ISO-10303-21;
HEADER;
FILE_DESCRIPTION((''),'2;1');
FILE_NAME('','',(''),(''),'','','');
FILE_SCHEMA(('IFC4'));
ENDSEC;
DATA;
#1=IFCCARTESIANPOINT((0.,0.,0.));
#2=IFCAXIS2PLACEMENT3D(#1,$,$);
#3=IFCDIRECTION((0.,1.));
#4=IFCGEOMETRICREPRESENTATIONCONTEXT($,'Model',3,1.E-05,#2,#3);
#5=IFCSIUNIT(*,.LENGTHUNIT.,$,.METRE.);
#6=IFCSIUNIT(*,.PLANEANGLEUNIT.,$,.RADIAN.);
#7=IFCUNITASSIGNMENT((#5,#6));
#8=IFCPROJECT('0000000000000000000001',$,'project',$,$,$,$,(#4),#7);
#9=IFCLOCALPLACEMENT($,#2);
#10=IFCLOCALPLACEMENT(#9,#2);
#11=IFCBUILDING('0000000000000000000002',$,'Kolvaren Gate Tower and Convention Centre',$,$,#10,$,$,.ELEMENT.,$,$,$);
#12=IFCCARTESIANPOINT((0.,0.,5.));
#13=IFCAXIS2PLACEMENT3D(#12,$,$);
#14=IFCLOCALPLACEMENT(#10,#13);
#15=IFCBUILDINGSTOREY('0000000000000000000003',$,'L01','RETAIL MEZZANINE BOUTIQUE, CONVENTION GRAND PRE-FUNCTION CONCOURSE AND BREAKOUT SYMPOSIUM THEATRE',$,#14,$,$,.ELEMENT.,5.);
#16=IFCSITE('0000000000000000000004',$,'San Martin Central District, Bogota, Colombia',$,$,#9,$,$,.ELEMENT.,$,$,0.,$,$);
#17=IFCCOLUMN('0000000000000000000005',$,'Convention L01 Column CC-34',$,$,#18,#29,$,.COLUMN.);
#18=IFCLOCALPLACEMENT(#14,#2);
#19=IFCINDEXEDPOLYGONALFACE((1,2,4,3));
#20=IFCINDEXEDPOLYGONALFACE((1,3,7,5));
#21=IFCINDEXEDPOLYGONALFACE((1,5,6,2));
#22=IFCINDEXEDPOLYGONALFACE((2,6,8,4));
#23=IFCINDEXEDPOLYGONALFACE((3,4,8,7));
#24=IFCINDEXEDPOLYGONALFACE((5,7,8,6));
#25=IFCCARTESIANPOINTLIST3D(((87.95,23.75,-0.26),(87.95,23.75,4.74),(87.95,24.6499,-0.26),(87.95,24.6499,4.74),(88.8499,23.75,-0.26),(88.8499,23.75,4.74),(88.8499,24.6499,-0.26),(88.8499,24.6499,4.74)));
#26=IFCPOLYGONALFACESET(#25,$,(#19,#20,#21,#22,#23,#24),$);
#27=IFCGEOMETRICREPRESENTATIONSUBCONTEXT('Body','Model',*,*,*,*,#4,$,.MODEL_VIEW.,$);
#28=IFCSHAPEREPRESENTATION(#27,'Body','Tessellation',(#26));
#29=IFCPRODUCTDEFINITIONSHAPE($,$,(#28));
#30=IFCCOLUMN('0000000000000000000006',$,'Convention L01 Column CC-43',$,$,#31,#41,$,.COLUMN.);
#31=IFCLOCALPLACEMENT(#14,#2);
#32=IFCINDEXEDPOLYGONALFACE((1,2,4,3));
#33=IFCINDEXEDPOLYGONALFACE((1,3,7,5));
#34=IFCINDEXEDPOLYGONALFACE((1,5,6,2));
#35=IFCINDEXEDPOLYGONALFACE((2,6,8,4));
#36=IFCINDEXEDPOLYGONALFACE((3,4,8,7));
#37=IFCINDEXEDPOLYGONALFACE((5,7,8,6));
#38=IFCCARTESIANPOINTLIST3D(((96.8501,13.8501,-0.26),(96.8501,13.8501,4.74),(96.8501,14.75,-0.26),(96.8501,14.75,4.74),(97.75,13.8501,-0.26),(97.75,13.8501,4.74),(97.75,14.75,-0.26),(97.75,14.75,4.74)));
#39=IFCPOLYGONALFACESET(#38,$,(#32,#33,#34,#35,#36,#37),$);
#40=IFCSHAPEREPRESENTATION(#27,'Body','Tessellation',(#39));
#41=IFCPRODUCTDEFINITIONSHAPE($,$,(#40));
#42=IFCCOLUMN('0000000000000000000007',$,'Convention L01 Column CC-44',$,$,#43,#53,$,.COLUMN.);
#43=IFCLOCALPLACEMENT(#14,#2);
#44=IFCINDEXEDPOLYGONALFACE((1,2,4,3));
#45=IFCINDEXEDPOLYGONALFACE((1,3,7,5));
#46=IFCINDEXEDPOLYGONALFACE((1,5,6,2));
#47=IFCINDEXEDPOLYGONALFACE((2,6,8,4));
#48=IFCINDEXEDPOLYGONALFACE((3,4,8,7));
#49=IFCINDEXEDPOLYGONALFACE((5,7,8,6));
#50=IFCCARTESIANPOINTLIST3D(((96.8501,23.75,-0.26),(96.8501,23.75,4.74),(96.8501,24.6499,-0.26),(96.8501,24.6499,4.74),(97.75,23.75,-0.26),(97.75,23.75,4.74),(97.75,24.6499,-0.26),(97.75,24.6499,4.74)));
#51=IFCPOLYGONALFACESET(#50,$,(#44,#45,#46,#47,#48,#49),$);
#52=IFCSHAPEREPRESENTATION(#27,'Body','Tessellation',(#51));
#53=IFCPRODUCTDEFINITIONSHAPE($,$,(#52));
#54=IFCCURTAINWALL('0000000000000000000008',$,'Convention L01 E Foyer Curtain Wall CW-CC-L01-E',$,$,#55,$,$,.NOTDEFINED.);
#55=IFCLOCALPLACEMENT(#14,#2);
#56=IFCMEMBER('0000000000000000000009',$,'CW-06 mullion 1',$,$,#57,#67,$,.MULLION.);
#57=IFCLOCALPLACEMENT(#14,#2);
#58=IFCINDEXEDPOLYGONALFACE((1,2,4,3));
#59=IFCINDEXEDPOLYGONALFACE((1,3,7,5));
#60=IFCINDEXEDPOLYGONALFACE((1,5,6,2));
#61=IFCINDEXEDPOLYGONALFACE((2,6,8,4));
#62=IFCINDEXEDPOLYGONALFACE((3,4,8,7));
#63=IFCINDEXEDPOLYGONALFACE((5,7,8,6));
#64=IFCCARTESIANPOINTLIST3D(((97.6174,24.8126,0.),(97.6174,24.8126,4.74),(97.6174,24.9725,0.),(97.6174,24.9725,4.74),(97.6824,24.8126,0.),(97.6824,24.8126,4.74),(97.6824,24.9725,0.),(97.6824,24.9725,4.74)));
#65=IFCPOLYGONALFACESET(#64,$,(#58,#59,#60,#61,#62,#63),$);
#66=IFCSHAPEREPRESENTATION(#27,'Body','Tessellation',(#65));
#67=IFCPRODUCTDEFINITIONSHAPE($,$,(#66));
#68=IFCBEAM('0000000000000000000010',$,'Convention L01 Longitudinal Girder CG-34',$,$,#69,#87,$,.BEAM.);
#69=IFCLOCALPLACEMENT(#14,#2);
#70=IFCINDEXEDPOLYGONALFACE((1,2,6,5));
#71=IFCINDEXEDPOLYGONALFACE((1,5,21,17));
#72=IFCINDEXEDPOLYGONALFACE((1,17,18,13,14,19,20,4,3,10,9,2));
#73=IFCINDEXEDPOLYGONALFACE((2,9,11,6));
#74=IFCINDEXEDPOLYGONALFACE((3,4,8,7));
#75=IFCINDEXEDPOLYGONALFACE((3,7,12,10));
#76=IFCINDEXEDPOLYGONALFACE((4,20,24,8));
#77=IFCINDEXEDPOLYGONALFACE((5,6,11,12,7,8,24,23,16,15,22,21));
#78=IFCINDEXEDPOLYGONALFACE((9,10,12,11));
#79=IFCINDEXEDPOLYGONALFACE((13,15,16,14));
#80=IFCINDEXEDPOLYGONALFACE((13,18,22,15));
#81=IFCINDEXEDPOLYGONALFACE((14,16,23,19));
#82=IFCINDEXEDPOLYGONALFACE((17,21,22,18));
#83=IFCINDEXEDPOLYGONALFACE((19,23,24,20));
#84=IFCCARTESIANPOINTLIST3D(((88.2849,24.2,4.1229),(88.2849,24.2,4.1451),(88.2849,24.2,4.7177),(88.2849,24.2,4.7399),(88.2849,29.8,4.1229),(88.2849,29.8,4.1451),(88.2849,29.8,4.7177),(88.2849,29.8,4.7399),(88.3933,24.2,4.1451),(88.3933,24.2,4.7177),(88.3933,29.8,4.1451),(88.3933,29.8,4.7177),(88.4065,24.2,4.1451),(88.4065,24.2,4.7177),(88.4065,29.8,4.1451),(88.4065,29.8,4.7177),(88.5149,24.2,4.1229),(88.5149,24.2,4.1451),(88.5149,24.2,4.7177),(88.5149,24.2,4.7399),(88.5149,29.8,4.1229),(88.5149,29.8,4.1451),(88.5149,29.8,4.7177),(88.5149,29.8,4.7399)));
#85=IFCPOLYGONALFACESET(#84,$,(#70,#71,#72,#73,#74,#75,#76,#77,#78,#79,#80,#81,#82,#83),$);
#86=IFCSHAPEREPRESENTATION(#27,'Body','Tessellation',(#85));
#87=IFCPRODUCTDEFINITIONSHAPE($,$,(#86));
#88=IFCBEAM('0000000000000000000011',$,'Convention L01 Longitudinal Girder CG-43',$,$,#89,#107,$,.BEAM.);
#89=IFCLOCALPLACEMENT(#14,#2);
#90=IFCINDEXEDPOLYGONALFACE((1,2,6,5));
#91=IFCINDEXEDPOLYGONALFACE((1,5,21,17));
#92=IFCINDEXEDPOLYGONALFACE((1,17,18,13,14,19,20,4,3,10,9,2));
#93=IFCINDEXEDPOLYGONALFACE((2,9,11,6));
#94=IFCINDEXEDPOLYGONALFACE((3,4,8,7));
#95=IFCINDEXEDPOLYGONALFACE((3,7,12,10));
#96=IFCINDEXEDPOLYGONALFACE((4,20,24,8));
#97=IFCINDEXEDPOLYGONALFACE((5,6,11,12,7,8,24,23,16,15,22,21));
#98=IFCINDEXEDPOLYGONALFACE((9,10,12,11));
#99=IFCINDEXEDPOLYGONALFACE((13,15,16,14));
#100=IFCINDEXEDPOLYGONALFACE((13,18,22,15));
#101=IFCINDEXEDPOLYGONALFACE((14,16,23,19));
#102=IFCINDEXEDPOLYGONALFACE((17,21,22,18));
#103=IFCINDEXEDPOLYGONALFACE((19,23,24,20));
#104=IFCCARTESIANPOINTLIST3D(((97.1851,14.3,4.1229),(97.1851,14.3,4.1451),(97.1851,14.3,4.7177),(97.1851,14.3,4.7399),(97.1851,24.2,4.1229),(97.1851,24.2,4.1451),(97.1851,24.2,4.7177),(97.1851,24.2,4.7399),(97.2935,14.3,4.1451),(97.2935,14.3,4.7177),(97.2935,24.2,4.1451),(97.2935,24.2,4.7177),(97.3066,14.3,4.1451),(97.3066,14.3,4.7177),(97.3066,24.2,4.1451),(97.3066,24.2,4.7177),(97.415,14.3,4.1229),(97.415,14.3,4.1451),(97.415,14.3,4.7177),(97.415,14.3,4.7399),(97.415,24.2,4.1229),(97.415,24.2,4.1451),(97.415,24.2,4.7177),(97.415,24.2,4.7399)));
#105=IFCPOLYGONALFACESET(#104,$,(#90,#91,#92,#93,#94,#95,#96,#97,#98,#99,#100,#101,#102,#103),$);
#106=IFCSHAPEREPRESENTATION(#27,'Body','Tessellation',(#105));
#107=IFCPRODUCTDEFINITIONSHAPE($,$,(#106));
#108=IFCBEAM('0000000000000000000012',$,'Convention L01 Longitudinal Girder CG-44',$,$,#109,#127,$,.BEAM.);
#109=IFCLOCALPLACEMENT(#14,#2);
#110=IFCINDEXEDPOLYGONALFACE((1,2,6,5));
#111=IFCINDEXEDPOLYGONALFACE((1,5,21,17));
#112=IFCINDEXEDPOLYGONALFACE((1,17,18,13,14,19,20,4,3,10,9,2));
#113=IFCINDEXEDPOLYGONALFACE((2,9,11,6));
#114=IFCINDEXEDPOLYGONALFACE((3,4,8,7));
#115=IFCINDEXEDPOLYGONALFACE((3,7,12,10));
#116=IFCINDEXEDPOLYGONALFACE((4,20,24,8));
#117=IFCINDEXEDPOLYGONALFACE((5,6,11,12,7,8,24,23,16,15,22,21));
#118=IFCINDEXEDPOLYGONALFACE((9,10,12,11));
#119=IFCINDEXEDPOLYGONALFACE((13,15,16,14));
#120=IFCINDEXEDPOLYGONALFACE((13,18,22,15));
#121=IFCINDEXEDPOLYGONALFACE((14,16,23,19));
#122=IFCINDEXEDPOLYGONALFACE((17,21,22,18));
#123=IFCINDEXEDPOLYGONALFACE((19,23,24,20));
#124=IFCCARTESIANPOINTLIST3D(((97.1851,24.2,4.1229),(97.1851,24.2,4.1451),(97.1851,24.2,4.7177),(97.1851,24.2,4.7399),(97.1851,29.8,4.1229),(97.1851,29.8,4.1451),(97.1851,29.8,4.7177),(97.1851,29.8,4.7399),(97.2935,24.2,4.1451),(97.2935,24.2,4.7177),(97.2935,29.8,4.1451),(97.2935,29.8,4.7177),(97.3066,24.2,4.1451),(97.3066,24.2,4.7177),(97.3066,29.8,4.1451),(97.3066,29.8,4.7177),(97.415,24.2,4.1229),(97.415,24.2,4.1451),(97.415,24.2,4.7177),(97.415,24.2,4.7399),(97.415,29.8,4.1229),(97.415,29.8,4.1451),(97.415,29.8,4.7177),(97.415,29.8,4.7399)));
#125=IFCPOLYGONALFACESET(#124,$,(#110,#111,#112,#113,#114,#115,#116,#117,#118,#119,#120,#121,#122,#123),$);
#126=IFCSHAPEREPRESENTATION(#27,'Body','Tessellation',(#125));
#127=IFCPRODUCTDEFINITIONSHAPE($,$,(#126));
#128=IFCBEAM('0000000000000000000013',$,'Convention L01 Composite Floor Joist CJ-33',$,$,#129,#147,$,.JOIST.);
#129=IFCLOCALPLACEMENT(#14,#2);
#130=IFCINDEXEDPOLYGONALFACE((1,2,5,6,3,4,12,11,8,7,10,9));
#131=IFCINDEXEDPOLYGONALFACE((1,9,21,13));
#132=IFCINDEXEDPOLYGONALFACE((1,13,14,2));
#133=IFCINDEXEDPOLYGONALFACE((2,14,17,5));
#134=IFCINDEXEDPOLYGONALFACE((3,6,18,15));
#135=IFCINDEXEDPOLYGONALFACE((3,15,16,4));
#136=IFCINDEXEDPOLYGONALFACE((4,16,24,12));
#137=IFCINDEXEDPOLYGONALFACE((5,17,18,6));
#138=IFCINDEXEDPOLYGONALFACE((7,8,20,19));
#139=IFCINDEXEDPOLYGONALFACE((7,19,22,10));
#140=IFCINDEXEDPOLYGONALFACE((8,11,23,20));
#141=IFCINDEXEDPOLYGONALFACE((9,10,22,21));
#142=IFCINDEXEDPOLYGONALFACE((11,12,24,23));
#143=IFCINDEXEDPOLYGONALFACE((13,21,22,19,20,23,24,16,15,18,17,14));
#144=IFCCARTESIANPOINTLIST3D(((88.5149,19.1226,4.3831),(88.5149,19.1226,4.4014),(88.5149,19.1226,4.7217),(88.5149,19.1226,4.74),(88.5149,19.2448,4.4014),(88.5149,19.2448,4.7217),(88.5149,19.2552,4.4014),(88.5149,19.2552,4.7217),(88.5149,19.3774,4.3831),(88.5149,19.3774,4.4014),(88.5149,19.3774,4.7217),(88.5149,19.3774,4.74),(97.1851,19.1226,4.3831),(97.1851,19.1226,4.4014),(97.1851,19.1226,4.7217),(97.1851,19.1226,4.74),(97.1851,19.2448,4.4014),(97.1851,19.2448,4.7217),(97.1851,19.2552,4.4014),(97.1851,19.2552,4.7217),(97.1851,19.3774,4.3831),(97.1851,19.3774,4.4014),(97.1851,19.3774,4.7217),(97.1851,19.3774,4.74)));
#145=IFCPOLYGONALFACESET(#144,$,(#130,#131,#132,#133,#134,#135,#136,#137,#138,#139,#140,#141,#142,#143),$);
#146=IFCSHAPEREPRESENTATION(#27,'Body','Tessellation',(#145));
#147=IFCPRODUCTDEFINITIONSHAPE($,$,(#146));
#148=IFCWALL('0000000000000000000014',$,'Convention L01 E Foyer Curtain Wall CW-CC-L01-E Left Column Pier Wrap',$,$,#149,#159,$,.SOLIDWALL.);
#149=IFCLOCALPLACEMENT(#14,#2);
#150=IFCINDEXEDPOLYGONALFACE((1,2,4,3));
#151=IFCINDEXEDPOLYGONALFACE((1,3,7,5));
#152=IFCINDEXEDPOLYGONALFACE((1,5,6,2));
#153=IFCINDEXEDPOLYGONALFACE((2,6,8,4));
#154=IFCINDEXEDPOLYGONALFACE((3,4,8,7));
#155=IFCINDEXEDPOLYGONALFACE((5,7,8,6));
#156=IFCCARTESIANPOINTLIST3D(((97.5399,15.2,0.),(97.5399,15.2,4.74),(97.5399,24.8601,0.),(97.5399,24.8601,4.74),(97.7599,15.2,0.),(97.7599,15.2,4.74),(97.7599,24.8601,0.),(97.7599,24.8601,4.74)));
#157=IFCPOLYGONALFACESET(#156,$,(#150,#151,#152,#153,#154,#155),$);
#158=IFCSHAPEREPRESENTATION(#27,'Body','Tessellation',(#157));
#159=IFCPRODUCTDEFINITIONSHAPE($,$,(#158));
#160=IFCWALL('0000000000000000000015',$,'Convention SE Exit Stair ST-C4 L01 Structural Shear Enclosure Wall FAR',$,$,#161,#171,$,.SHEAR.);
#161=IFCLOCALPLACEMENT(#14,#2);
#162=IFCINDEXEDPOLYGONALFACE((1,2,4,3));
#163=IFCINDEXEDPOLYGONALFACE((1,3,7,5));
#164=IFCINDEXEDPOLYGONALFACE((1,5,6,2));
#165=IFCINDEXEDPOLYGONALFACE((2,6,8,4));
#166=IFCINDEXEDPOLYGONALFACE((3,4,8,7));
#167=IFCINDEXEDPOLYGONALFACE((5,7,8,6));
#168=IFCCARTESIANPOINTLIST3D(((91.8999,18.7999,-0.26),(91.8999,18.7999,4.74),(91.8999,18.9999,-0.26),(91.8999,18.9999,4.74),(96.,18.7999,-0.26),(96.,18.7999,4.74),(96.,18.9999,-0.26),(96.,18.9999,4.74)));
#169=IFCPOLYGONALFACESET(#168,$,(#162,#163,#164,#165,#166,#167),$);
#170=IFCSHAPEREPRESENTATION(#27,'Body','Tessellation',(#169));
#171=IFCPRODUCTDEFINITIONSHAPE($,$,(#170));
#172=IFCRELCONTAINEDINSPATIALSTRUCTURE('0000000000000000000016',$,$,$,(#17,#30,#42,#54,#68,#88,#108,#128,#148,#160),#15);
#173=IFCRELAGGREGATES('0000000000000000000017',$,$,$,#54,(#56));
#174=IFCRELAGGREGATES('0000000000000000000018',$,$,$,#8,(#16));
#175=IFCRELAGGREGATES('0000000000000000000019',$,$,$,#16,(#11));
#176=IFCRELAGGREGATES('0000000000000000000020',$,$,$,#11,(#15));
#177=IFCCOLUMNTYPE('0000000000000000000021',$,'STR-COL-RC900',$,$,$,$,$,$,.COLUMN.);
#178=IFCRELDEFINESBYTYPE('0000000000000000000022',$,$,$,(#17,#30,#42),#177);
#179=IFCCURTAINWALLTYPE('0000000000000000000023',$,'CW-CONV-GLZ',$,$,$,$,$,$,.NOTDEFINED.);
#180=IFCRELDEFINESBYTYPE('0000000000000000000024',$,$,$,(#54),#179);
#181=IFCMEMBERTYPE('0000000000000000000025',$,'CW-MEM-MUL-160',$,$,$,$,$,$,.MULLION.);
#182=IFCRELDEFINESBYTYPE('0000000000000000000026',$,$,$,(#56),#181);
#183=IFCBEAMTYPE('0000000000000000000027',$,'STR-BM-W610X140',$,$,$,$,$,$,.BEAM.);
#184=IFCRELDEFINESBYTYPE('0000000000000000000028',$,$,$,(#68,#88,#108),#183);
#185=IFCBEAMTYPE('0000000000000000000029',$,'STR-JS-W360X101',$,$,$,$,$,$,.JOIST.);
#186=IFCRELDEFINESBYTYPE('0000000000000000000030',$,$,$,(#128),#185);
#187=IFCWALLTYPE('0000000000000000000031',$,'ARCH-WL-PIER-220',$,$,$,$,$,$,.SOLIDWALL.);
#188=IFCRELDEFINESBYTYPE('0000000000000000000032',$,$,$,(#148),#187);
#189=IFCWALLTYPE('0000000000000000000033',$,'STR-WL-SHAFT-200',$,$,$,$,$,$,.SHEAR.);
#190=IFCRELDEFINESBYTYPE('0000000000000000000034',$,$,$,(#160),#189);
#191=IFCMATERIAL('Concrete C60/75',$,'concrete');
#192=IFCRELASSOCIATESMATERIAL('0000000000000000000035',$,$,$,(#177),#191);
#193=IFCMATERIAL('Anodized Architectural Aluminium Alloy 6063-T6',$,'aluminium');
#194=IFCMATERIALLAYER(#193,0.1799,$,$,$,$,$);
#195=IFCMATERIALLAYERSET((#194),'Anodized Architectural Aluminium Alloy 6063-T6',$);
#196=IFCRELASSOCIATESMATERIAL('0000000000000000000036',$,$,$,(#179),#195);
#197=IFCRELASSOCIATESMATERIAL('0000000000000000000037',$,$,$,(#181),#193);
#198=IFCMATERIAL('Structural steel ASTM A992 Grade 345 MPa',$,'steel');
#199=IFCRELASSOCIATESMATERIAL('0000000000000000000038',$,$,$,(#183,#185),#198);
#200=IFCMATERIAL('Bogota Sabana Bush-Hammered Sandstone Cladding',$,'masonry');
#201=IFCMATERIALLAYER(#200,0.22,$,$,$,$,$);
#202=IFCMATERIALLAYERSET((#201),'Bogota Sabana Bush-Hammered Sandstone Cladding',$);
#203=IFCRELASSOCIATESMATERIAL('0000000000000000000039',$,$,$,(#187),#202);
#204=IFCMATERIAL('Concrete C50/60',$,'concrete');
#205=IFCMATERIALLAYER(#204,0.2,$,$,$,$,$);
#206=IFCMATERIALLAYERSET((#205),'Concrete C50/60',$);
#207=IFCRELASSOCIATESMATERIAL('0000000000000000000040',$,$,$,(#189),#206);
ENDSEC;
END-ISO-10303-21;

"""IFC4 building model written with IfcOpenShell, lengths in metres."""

from ifc_helpers import new_model, si_unit, direction, frame, frame_2d, origin, origin_2d, place, context, subcontext, project, spatial, rectangle, i_section, extrude, material, layer, layer_set, material_profile, profile_set, type_object, element, aggregate, save


model = new_model("IFC4")

# Units and contexts
model_context = context("Model", 3, precision=1e-05, world=origin(), true_north=direction((0.0, 1.0)))
body_context = subcontext(model_context, "Body", "Model", "MODEL_VIEW")
ifc_project = project(units=[si_unit("LENGTHUNIT", "METRE"), si_unit("PLANEANGLEUNIT", "RADIAN")], contexts=[model_context])

# Site, building, storey
site_placement = place(None, origin())
site = spatial("IfcSite", under=ifc_project, at=site_placement, Name="San Martin Central District, Bogota, Colombia", CompositionType="ELEMENT", RefElevation=0.0)
building_placement = place(site_placement, origin())
building = spatial("IfcBuilding", under=site, at=building_placement, Name="Kolvaren Gate Tower and Convention Centre", CompositionType="ELEMENT")
storey_placement = place(building_placement, frame((0.0, 0.0, 5.0)))
storey = spatial("IfcBuildingStorey", under=building, at=storey_placement, Name="L01", Description="RETAIL MEZZANINE BOUTIQUE, CONVENTION GRAND PRE-FUNCTION CONCOURSE AND BREAKOUT SYMPOSIUM THEATRE", CompositionType="ELEMENT", Elevation=5.0)

# Columns
ifc_material_1 = material(Name="Concrete C60/75", Category="concrete")
ifc_material_profile_1 = material_profile(ifc_material_1, rectangle(XDim=0.8999, YDim=0.8999, at=origin_2d()), Name="RC-COL-900X900")
ifc_profile_set_1 = profile_set([ifc_material_profile_1], Name="Concrete C60/75")
column_type = type_object("IfcColumnType", Name="STR-COL-RC900", PredefinedType="COLUMN", material=ifc_profile_set_1)
for number, where, z_axis, x_axis, name in (
    (1, (88.3999, 24.2, -0.26), (0.0, 0.0, 1.0), (1.0, 0.0, 0.0), "Convention L01 Column CC-34"),
    (2, (97.3, 14.3, -0.26), (0.0, 0.0, 1.0), (1.0, 0.0, 0.0), "Convention L01 Column CC-43"),
    (3, (97.3, 24.2, -0.26), (0.0, 0.0, 1.0), (1.0, 0.0, 0.0), "Convention L01 Column CC-44"),
):
    element("IfcColumn", number, at=place(storey_placement, frame(where, z_axis=z_axis, x_axis=x_axis)), inside=storey, type_object=column_type, Name=name, PredefinedType="COLUMN", context=body_context, shape_type="SweptSolid", body=[
        extrude(rectangle(XDim=0.8999, YDim=0.8999, at=origin_2d()), origin(), (0.0, 0.0, 1.0), 5.0),
    ])

# Curtain wall, member
ifc_material_2 = material(Name="Anodized Architectural Aluminium Alloy 6063-T6", Category="aluminium")
ifc_layer_1 = layer(ifc_material_2, 0.1799)
ifc_layer_set_1 = layer_set([ifc_layer_1], Name="Anodized Architectural Aluminium Alloy 6063-T6")
curtain_wall_type = type_object("IfcCurtainWallType", Name="CW-CONV-GLZ", PredefinedType="NOTDEFINED", material=ifc_layer_set_1)
curtain_wall_placement = place(storey_placement, origin())
curtain_wall = element("IfcCurtainWall", 4, at=curtain_wall_placement, inside=storey, type_object=curtain_wall_type, Name="Convention L01 E Foyer Curtain Wall CW-CC-L01-E", PredefinedType="NOTDEFINED")
ifc_material_profile_2 = material_profile(ifc_material_2, rectangle(XDim=0.0649, YDim=0.1599, at=origin_2d()), Name="CW-MEM-MUL-160")
ifc_profile_set_2 = profile_set([ifc_material_profile_2], Name="Anodized Architectural Aluminium Alloy 6063-T6")
member_type = type_object("IfcMemberType", Name="CW-MEM-MUL-160", PredefinedType="MULLION", material=ifc_profile_set_2)
member_placement = place(storey_placement, frame((97.6499, 24.8926, 0.0), z_axis=(0.0, 0.0, 1.0), x_axis=(-1.0, 0.0, 0.0)))
member = element("IfcMember", 5, at=member_placement, type_object=member_type, Name="CW-06 mullion 1", PredefinedType="MULLION", context=body_context, shape_type="SweptSolid", body=[
    extrude(rectangle(XDim=0.0649, YDim=0.1599, at=origin_2d()), origin(), (0.0, 0.0, 1.0), 4.74),
])
aggregate(curtain_wall, [member])

# Beams
ifc_material_3 = material(Name="Structural steel ASTM A992 Grade 345 MPa", Category="steel")
ifc_material_profile_3 = material_profile(ifc_material_3, i_section(OverallWidth=0.23, OverallDepth=0.6169, WebThickness=0.0132, FlangeThickness=0.0222, at=origin_2d()), Name="W610X140")
ifc_profile_set_3 = profile_set([ifc_material_profile_3], Name="Structural steel ASTM A992 Grade 345 MPa")
beam_type_1 = type_object("IfcBeamType", Name="STR-BM-W610X140", PredefinedType="BEAM", material=ifc_profile_set_3)
beam_1_placement = place(storey_placement, frame((88.3999, 24.2, 4.4314), z_axis=(0.0, 1.0, 0.0), x_axis=(-1.0, 0.0, 0.0)))
element("IfcBeam", 6, at=beam_1_placement, inside=storey, type_object=beam_type_1, Name="Convention L01 Longitudinal Girder CG-34", PredefinedType="BEAM", context=body_context, shape_type="SweptSolid", body=[
    extrude(i_section(OverallWidth=0.23, OverallDepth=0.6169, WebThickness=0.0132, FlangeThickness=0.0222, at=origin_2d()), origin(), (0.0, 0.0, 1.0), 5.6001),
])
beam_2_placement = place(storey_placement, frame((97.3, 14.3, 4.4314), z_axis=(0.0, 1.0, 0.0), x_axis=(-1.0, 0.0, 0.0)))
element("IfcBeam", 7, at=beam_2_placement, inside=storey, type_object=beam_type_1, Name="Convention L01 Longitudinal Girder CG-43", PredefinedType="BEAM", context=body_context, shape_type="SweptSolid", body=[
    extrude(i_section(OverallWidth=0.23, OverallDepth=0.6169, WebThickness=0.0132, FlangeThickness=0.0222, at=origin_2d()), origin(), (0.0, 0.0, 1.0), 9.8999),
])
beam_3_placement = place(storey_placement, frame((97.3, 24.2, 4.4314), z_axis=(0.0, 1.0, 0.0), x_axis=(-1.0, 0.0, 0.0)))
element("IfcBeam", 8, at=beam_3_placement, inside=storey, type_object=beam_type_1, Name="Convention L01 Longitudinal Girder CG-44", PredefinedType="BEAM", context=body_context, shape_type="SweptSolid", body=[
    extrude(i_section(OverallWidth=0.23, OverallDepth=0.6169, WebThickness=0.0132, FlangeThickness=0.0222, at=origin_2d()), origin(), (0.0, 0.0, 1.0), 5.6001),
])
ifc_material_profile_4 = material_profile(ifc_material_3, i_section(OverallWidth=0.2549, OverallDepth=0.3569, WebThickness=0.0105, FlangeThickness=0.0183, at=origin_2d()), Name="W360X101")
ifc_profile_set_4 = profile_set([ifc_material_profile_4], Name="Structural steel ASTM A992 Grade 345 MPa")
beam_type_2 = type_object("IfcBeamType", Name="STR-JS-W360X101", PredefinedType="JOIST", material=ifc_profile_set_4)
beam_4_placement = place(storey_placement, frame((88.5149, 19.25, 4.5615), z_axis=(1.0, 0.0, 0.0), x_axis=(0.0, 1.0, 0.0)))
element("IfcBeam", 9, at=beam_4_placement, inside=storey, type_object=beam_type_2, Name="Convention L01 Composite Floor Joist CJ-33", PredefinedType="JOIST", context=body_context, shape_type="SweptSolid", body=[
    extrude(i_section(OverallWidth=0.2549, OverallDepth=0.3569, WebThickness=0.0105, FlangeThickness=0.0183, at=origin_2d()), origin(), (0.0, 0.0, 1.0), 8.6702),
])

# Walls
ifc_material_4 = material(Name="Bogota Sabana Bush-Hammered Sandstone Cladding", Category="masonry")
ifc_layer_2 = layer(ifc_material_4, 0.22)
ifc_layer_set_2 = layer_set([ifc_layer_2], Name="Bogota Sabana Bush-Hammered Sandstone Cladding")
wall_type_1 = type_object("IfcWallType", Name="ARCH-WL-PIER-220", PredefinedType="SOLIDWALL", material=ifc_layer_set_2)
wall_1_placement = place(storey_placement, frame((97.6499, 15.2, 0.0), z_axis=(0.0, 0.0, 1.0), x_axis=(0.0, 1.0, 0.0)))
element("IfcWall", 10, at=wall_1_placement, inside=storey, type_object=wall_type_1, Name="Convention L01 E Foyer Curtain Wall CW-CC-L01-E Left Column Pier Wrap", PredefinedType="SOLIDWALL", context=body_context, shape_type="SweptSolid", body=[
    extrude(rectangle(XDim=9.6602, YDim=0.22, at=frame_2d((4.8301, 0.0))), origin(), (0.0, 0.0, 1.0), 4.74),
])
ifc_material_5 = material(Name="Concrete C50/60", Category="concrete")
ifc_layer_3 = layer(ifc_material_5, 0.2)
ifc_layer_set_3 = layer_set([ifc_layer_3], Name="Concrete C50/60")
wall_type_2 = type_object("IfcWallType", Name="STR-WL-SHAFT-200", PredefinedType="SHEAR", material=ifc_layer_set_3)
wall_2_placement = place(storey_placement, frame((91.8999, 18.8999, -0.26), z_axis=(0.0, 0.0, 1.0), x_axis=(1.0, 0.0, 0.0)))
element("IfcWall", 11, at=wall_2_placement, inside=storey, type_object=wall_type_2, Name="Convention SE Exit Stair ST-C4 L01 Structural Shear Enclosure Wall FAR", PredefinedType="SHEAR", context=body_context, shape_type="SweptSolid", body=[
    extrude(rectangle(XDim=4.1001, YDim=0.2, at=frame_2d((2.05, 0.0))), origin(), (0.0, 0.0, 1.0), 5.0),
])

save(model, "model.ifc")
